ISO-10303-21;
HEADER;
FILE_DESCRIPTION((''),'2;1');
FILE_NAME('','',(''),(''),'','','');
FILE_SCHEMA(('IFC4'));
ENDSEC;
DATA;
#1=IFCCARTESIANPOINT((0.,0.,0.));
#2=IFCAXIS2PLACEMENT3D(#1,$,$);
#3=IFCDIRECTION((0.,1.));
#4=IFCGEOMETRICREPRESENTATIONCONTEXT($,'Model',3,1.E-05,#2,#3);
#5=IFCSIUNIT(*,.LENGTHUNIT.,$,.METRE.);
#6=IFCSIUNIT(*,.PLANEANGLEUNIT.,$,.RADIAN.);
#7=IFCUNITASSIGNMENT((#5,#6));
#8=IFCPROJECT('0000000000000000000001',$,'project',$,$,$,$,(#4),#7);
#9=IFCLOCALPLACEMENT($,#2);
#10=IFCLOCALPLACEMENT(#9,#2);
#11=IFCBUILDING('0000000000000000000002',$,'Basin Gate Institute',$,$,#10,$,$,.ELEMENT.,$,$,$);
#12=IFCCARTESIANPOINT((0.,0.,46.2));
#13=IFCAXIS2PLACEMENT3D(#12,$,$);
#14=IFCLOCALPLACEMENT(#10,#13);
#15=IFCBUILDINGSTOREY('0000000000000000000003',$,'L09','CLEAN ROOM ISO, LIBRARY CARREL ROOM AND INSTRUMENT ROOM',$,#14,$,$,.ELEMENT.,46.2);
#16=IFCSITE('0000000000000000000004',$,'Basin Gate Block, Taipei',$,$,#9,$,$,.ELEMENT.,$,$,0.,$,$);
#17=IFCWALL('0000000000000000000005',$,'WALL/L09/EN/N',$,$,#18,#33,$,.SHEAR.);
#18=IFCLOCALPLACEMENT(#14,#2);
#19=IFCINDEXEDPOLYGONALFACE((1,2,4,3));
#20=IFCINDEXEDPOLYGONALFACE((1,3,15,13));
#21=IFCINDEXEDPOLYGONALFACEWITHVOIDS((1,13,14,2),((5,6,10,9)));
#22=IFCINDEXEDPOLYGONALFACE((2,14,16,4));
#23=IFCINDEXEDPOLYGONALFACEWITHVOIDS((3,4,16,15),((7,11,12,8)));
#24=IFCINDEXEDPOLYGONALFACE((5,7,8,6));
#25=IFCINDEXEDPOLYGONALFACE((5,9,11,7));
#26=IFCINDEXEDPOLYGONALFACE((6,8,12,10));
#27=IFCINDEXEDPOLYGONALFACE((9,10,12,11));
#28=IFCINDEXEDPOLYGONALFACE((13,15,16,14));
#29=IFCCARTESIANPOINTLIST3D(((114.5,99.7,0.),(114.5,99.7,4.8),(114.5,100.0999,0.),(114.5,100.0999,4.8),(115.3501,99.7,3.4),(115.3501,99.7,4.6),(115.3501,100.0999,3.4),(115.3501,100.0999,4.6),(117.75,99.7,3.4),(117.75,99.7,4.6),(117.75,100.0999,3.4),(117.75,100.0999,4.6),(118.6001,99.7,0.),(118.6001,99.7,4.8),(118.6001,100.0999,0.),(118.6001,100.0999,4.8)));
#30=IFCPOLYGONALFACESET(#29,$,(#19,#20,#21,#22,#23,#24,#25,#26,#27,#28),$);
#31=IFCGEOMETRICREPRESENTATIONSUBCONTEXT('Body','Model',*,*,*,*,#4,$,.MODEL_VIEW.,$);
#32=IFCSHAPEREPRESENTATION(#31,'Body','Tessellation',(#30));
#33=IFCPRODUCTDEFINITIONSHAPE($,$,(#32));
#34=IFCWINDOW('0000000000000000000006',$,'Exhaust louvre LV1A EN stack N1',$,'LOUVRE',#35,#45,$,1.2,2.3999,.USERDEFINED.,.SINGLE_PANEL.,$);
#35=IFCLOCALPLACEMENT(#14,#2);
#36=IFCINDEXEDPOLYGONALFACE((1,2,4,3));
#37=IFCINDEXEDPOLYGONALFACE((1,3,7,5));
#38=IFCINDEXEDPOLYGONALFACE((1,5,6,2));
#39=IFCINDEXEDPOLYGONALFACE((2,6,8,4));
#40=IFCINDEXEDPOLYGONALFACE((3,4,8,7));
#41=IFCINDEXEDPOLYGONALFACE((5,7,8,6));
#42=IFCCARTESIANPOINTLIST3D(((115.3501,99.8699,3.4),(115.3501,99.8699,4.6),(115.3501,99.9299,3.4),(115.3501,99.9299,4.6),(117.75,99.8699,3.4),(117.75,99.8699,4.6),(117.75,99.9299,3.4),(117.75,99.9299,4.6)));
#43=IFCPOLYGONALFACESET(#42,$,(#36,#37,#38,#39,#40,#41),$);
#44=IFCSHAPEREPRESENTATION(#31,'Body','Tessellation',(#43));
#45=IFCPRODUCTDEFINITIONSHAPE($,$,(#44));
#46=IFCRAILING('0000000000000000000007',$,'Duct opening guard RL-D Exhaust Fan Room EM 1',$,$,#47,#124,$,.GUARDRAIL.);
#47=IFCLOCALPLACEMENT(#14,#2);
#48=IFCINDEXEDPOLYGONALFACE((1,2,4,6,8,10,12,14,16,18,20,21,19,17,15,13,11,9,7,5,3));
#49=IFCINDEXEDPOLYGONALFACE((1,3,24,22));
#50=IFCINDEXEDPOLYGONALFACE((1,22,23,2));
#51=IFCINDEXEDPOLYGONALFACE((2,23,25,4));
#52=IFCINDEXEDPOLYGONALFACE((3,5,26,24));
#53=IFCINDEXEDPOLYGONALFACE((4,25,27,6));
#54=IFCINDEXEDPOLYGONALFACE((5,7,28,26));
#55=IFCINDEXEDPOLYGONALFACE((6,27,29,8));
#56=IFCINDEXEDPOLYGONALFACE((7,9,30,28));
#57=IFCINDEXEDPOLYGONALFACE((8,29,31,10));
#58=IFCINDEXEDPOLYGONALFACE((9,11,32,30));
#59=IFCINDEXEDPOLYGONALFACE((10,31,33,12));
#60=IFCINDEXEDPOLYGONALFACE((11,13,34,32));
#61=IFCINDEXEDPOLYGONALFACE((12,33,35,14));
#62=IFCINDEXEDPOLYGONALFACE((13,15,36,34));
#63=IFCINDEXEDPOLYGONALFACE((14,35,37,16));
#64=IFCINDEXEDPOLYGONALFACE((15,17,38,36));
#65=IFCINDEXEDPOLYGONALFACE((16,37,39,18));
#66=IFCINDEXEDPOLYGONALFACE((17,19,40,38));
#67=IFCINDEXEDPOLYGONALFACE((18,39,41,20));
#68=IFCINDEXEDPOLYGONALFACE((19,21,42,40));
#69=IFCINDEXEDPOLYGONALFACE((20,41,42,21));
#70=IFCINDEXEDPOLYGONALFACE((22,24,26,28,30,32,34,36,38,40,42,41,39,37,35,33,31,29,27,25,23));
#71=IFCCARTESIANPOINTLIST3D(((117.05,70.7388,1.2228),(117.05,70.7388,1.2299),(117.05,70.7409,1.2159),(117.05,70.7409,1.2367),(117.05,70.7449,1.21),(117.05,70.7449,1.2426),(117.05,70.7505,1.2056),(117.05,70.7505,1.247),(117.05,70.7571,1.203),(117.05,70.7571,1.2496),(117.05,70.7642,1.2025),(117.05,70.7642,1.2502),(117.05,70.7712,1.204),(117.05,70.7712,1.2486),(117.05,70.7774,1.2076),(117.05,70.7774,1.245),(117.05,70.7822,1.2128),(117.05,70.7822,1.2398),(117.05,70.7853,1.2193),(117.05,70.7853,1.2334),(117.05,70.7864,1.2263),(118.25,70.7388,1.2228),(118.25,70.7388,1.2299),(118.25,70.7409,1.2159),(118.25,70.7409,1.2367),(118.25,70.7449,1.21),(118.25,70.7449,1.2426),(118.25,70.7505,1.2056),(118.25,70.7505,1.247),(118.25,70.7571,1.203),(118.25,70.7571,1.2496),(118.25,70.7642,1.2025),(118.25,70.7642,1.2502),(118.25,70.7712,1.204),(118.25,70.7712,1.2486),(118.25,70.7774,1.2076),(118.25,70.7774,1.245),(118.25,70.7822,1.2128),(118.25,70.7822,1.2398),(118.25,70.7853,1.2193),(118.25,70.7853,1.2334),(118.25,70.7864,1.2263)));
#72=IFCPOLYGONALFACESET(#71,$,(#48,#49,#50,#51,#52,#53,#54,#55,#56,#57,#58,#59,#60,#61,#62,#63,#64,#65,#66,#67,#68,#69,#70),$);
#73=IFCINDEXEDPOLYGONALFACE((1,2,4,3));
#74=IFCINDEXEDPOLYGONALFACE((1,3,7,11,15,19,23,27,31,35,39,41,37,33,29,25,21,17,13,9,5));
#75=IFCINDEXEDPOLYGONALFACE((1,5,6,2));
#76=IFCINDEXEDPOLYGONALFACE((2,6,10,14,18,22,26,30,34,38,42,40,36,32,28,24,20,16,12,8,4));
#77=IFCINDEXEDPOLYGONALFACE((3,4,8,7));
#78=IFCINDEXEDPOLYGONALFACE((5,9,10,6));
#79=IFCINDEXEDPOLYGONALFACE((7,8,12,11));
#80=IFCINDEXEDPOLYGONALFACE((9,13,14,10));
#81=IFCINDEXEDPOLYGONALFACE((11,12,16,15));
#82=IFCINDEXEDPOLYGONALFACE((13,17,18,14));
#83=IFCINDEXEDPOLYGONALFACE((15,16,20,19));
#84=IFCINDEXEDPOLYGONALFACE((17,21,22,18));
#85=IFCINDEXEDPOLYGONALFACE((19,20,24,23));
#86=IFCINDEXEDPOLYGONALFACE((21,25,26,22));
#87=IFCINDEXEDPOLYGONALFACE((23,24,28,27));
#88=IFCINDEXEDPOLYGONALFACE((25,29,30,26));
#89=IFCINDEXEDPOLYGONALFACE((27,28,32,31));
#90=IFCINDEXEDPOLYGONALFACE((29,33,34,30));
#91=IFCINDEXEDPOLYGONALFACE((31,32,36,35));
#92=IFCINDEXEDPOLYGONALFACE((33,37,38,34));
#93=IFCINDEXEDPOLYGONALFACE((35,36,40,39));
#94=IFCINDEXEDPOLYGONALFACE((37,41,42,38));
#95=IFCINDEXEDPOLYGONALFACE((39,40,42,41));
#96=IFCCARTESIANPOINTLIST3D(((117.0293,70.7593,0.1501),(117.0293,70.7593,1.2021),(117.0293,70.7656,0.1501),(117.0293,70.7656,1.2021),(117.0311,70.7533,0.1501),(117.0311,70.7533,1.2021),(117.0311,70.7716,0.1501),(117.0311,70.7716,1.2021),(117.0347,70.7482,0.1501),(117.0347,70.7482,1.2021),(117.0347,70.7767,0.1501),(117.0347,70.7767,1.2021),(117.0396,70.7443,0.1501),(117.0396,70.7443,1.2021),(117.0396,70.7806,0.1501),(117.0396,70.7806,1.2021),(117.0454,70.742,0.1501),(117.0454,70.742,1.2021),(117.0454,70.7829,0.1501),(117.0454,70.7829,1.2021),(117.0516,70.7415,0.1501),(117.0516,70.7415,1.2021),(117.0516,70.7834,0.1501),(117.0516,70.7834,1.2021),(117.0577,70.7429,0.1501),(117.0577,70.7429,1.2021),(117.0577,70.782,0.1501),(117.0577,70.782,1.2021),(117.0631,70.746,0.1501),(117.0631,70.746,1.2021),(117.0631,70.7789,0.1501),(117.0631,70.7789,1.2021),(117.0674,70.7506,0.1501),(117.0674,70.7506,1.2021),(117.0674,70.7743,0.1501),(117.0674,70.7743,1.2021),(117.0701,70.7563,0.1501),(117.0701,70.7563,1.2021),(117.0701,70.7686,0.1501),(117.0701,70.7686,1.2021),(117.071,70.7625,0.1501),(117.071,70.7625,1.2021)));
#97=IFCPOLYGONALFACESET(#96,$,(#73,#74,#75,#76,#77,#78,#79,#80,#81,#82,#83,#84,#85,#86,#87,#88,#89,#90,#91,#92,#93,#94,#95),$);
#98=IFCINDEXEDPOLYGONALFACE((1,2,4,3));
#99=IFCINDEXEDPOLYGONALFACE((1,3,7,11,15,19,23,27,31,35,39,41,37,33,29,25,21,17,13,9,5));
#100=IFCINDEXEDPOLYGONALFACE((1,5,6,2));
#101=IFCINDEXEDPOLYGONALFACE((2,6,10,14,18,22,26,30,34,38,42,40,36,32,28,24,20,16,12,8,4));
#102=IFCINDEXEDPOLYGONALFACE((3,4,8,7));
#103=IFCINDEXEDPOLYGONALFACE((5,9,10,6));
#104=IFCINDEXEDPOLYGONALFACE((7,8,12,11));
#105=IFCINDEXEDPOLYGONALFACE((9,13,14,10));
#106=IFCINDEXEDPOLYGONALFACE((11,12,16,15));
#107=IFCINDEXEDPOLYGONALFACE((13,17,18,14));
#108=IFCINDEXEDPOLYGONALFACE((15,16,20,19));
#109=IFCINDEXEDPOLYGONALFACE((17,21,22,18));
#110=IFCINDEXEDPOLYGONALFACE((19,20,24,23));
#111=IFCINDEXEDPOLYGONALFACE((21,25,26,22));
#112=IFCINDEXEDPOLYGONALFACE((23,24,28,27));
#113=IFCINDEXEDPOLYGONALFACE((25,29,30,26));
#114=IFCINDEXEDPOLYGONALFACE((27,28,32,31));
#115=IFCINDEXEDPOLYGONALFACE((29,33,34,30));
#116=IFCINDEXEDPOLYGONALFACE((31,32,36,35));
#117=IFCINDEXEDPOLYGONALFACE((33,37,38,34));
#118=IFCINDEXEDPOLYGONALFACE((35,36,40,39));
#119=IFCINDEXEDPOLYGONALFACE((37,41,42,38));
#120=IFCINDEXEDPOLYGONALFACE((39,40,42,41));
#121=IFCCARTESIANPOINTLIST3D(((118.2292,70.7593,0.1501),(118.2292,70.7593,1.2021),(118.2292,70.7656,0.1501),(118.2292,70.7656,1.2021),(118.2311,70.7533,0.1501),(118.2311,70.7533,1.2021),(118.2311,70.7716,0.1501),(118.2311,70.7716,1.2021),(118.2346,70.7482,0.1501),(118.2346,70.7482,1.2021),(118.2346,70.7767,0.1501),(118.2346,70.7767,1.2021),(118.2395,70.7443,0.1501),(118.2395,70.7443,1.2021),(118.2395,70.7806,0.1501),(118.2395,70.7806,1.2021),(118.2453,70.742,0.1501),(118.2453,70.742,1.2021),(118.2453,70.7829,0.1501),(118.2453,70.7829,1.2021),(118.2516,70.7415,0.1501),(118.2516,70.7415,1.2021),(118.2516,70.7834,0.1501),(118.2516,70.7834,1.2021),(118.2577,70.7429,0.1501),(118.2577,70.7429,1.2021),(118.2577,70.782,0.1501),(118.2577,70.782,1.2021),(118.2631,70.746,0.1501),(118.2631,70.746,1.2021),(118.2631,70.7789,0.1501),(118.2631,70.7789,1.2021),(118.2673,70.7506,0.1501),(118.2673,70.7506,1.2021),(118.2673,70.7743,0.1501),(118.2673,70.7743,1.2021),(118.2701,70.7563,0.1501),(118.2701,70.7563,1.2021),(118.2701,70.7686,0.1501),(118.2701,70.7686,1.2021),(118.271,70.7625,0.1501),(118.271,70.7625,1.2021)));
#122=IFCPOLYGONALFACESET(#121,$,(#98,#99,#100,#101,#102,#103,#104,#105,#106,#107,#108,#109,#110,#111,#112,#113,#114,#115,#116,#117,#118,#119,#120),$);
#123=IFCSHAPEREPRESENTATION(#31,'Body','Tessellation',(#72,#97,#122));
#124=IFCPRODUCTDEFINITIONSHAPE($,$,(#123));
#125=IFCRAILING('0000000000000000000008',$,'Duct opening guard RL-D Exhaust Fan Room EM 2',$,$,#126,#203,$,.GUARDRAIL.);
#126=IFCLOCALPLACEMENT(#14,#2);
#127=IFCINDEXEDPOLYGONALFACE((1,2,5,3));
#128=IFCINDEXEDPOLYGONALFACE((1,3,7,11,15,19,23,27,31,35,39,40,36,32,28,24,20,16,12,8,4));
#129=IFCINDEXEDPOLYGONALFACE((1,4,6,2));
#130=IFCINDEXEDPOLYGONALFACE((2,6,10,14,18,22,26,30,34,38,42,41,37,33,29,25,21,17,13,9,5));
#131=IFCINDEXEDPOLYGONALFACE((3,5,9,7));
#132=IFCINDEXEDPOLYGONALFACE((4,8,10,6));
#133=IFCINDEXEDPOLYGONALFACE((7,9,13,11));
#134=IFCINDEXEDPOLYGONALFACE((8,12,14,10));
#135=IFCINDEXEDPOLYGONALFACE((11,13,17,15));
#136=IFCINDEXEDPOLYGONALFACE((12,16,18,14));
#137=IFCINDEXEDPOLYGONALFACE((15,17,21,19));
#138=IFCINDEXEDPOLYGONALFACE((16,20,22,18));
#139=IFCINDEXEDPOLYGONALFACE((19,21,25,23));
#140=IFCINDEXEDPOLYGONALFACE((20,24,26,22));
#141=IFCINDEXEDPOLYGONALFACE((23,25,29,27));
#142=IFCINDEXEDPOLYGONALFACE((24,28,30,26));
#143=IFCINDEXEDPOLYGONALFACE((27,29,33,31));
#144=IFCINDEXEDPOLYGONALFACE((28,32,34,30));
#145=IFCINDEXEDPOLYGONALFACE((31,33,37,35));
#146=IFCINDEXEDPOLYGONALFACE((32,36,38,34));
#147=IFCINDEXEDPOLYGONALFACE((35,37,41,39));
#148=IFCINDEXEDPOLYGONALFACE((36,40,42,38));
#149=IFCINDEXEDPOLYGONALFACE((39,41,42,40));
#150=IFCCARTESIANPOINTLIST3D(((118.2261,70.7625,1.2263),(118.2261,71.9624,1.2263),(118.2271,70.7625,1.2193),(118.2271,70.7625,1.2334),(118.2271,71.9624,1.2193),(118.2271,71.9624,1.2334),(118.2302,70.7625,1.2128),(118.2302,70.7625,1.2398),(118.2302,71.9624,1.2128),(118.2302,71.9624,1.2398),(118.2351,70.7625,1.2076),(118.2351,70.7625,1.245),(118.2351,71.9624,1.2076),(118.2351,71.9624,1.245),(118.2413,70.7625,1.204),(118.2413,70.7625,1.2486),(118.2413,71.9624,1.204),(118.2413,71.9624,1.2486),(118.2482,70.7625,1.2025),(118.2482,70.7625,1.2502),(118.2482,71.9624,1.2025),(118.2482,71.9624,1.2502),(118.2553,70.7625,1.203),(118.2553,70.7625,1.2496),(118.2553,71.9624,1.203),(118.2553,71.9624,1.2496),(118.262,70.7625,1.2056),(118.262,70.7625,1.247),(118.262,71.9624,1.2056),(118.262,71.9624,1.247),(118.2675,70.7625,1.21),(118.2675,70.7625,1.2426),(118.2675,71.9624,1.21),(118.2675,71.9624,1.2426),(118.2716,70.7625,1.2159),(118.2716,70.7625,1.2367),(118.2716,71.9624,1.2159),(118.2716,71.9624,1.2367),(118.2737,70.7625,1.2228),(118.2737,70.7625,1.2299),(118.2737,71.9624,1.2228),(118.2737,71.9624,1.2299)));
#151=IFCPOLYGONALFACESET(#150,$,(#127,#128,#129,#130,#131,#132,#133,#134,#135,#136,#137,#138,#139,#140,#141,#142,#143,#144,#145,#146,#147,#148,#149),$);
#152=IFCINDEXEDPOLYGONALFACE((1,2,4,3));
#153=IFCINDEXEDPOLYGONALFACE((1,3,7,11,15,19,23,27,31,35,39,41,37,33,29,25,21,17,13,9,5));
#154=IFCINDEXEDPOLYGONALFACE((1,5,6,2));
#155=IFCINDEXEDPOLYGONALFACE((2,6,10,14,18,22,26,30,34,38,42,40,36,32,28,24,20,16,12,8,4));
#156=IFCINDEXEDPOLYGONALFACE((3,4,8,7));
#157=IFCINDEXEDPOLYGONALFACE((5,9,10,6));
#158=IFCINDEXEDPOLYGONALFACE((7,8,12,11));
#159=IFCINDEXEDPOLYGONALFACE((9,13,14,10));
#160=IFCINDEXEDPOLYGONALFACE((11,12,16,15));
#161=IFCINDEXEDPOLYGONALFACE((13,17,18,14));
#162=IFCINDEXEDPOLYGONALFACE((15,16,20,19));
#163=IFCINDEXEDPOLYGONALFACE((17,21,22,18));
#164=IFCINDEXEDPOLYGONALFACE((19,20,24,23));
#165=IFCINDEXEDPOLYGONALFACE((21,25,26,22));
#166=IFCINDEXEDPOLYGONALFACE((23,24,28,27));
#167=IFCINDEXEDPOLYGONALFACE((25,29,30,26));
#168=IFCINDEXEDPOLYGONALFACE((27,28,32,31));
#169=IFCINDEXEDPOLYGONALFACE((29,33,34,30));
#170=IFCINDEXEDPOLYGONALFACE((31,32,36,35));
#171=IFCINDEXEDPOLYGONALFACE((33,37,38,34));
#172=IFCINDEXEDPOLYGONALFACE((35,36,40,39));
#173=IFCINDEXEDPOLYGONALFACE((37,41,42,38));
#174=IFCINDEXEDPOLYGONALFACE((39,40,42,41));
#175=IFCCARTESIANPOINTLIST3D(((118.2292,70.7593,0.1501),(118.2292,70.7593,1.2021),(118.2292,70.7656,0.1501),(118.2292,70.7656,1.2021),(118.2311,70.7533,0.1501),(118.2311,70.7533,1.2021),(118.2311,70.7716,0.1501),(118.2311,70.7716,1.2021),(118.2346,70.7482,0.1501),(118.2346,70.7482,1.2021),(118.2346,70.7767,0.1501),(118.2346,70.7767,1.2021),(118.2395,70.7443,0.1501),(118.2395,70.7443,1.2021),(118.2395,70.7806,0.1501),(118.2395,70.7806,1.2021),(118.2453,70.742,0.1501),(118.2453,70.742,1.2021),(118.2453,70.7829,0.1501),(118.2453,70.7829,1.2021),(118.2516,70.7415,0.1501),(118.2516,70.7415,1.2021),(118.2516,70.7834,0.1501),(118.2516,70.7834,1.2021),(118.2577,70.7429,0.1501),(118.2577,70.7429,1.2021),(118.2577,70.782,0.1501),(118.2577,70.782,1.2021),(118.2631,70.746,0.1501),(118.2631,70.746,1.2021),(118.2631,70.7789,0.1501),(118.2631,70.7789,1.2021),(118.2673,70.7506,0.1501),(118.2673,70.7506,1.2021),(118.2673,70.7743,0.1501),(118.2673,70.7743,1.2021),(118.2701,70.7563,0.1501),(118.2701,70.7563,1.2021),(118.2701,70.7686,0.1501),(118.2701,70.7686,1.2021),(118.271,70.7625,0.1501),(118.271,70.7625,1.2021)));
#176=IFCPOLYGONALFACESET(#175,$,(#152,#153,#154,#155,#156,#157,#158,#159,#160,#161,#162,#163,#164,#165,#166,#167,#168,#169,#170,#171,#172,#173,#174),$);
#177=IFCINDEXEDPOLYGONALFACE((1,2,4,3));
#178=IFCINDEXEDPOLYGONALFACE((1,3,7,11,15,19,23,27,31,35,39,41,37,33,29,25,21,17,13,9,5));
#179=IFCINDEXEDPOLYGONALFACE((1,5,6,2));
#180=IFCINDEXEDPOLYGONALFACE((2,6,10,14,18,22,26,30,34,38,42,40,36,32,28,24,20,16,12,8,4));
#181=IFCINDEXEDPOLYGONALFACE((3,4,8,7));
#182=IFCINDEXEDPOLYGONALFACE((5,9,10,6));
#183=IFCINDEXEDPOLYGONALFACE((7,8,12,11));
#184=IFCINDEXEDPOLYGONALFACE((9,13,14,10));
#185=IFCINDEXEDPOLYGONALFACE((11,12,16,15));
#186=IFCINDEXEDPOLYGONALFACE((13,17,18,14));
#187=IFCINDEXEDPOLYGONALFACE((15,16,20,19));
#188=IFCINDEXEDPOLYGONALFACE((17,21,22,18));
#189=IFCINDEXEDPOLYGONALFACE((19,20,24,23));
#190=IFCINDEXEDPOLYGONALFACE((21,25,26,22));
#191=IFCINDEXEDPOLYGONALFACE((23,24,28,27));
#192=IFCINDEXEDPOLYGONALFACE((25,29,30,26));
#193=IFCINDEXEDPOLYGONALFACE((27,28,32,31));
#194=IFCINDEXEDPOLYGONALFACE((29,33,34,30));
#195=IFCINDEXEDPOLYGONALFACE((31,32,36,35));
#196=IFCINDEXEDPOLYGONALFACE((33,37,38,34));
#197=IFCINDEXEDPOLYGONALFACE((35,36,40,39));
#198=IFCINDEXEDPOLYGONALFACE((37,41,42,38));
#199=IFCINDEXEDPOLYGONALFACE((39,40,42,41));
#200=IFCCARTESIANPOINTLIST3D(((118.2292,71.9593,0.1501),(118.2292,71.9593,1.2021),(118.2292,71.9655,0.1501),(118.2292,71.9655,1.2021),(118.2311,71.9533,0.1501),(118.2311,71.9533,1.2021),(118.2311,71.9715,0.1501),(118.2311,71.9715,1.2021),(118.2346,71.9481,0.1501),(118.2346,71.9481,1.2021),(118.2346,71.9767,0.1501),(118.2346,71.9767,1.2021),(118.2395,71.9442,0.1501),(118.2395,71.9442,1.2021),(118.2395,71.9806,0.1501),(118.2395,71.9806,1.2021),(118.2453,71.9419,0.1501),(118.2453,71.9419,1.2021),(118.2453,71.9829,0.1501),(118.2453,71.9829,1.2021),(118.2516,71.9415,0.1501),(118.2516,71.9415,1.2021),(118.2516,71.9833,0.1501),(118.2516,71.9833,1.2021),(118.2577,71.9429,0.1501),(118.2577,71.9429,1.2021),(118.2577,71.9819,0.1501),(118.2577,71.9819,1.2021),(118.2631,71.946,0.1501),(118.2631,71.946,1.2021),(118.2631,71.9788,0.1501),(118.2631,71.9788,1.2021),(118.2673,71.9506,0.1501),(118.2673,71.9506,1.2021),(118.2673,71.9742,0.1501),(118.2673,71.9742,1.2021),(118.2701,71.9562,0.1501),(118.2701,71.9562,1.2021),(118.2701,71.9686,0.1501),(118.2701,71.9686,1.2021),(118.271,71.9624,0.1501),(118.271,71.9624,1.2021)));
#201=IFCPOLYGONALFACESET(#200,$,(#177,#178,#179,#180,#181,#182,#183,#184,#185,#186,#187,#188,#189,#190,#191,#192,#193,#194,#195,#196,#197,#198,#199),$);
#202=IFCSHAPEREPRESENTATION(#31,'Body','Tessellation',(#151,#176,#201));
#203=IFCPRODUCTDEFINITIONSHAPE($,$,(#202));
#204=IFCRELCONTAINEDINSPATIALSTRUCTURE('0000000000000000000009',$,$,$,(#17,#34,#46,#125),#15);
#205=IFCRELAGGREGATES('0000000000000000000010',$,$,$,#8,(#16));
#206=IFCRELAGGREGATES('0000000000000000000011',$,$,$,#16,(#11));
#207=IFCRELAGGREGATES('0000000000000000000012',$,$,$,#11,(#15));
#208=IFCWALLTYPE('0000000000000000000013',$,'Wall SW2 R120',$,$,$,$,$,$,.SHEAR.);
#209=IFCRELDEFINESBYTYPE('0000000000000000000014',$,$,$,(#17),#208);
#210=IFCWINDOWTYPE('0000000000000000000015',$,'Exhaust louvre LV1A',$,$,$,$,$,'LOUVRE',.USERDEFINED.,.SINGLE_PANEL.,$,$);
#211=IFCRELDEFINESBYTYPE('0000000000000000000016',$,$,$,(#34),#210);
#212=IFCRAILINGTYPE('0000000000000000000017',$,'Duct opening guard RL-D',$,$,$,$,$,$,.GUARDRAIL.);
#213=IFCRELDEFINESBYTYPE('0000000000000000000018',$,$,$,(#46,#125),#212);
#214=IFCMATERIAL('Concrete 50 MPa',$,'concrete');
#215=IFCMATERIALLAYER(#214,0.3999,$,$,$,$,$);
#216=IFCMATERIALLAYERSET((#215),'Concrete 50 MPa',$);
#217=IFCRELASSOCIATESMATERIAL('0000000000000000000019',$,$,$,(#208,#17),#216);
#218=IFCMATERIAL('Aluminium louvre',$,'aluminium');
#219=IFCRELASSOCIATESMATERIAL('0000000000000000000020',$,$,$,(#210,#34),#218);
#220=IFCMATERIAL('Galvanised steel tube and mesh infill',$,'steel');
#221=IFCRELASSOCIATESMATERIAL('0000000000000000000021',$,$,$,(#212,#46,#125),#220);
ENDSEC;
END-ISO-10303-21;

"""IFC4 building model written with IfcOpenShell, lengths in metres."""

from ifc_helpers import new_model, si_unit, direction, frame, frame_2d, origin, origin_2d, place, context, subcontext, project, spatial, rectangle, circle, extrude, material, layer, layer_set, type_object, element, fill, save


model = new_model("IFC4")

# Units and contexts
model_context = context("Model", 3, precision=1e-05, world=origin(), true_north=direction((0.0, 1.0)))
body_context = subcontext(model_context, "Body", "Model", "MODEL_VIEW")
ifc_project = project(units=[si_unit("LENGTHUNIT", "METRE"), si_unit("PLANEANGLEUNIT", "RADIAN")], contexts=[model_context])

# Site, building, storey
site_placement = place(None, origin())
site = spatial("IfcSite", under=ifc_project, at=site_placement, Name="Basin Gate Block, Taipei", CompositionType="ELEMENT", RefElevation=0.0)
building_placement = place(site_placement, origin())
building = spatial("IfcBuilding", under=site, at=building_placement, Name="Basin Gate Institute", CompositionType="ELEMENT")
storey_placement = place(building_placement, frame((0.0, 0.0, 46.2)))
storey = spatial("IfcBuildingStorey", under=building, at=storey_placement, Name="L09", Description="CLEAN ROOM ISO, LIBRARY CARREL ROOM AND INSTRUMENT ROOM", CompositionType="ELEMENT", Elevation=46.2)

# Shared definitions
ifc_material_1 = material(Name="Concrete 50 MPa", Category="concrete")
ifc_layer_1 = layer(ifc_material_1, 0.3999)
ifc_layer_set_1 = layer_set([ifc_layer_1], Name="Concrete 50 MPa")
wall_type_1 = type_object("IfcWallType", Name="Wall SW2 R120", PredefinedType="SHEAR", material=ifc_layer_set_1)

# Shared definitions
ifc_material_2 = material(Name="Aluminium louvre", Category="aluminium")
window_type_1 = type_object("IfcWindowType", Name="Exhaust louvre LV1A", ElementType="LOUVRE", PartitioningType="SINGLE_PANEL", PredefinedType="USERDEFINED", material=ifc_material_2)

# Wall, opening, window
wall_1_placement = place(storey_placement, frame((118.6001, 99.8999, 0.0), z_axis=(0.0, 0.0, 1.0), x_axis=(-1.0, 0.0, 0.0)))
wall_1 = element("IfcWall", 1, at=wall_1_placement, inside=storey, type_object=wall_type_1, material=ifc_layer_set_1, Name="WALL/L09/EN/N", PredefinedType="SHEAR", context=body_context, shape_type="SweptSolid", body=[
    extrude(rectangle(XDim=4.1001, YDim=0.3999, at=frame_2d((2.05, 0.0))), origin(), (0.0, 0.0, 1.0), 4.8),
])
opening_1_placement = place(wall_1_placement, frame((0.8501, 0.0, 3.3999)))
opening_1 = element("IfcOpeningElement", 2, at=opening_1_placement, cuts=wall_1, PredefinedType="OPENING", context=body_context, shape_type="SweptSolid", body=[
    extrude(rectangle(XDim=2.3999, YDim=1.2, at=frame_2d((1.2, 0.6001))), frame((0.0, 0.21, 0.0), z_axis=(0.0, -1.0, 0.0), x_axis=(1.0, 0.0, 0.0)), (0.0, 0.0, 1.0), 0.4199),
])
window_1_placement = place(opening_1_placement, origin())
window_1 = element("IfcWindow", 3, at=window_1_placement, inside=storey, type_object=window_type_1, material=ifc_material_2, Name="Exhaust louvre LV1A EN stack N1", ObjectType="LOUVRE", OverallHeight=1.2, OverallWidth=2.3999, PartitioningType="SINGLE_PANEL", PredefinedType="USERDEFINED", context=body_context, shape_type="SweptSolid", body=[
    extrude(rectangle(XDim=2.3999, YDim=1.2, at=frame_2d((1.2, 0.6001))), frame((0.0, 0.03, 0.0), z_axis=(0.0, -1.0, 0.0), x_axis=(1.0, 0.0, 0.0)), (0.0, 0.0, 1.0), 0.0601),
])
fill(opening_1, window_1)

# Railings
ifc_material_3 = material(Name="Galvanised steel tube and mesh infill", Category="steel")
railing_type_1 = type_object("IfcRailingType", Name="Duct opening guard RL-D", PredefinedType="GUARDRAIL", material=ifc_material_3)
railing_1_placement = place(storey_placement, frame((117.05, 70.7625, 0.1501)))
element("IfcRailing", 4, at=railing_1_placement, inside=storey, type_object=railing_type_1, material=ifc_material_3, Name="Duct opening guard RL-D Exhaust Fan Room EM 1", PredefinedType="GUARDRAIL", context=body_context, shape_type="SweptSolid", body=[
    extrude(circle(Radius=0.0239, at=origin_2d()), frame((0.0, 0.0, 1.0762), z_axis=(1.0, 0.0, 0.0), x_axis=(0.0, 1.0, 0.0)), (0.0, 0.0, 1.0), 1.2),
    extrude(circle(Radius=0.021, at=origin_2d()), origin(), (0.0, 0.0, 1.0), 1.052),
    extrude(circle(Radius=0.021, at=origin_2d()), frame((1.2, 0.0, 0.0)), (0.0, 0.0, 1.0), 1.052),
])
railing_2_placement = place(storey_placement, frame((118.25, 70.7625, 0.1501)))
element("IfcRailing", 5, at=railing_2_placement, inside=storey, type_object=railing_type_1, material=ifc_material_3, Name="Duct opening guard RL-D Exhaust Fan Room EM 2", PredefinedType="GUARDRAIL", context=body_context, shape_type="SweptSolid", body=[
    extrude(circle(Radius=0.0239, at=origin_2d()), frame((0.0, 0.0, 1.0762), z_axis=(0.0, 1.0, 0.0), x_axis=(-1.0, 0.0, 0.0)), (0.0, 0.0, 1.0), 1.2),
    extrude(circle(Radius=0.021, at=origin_2d()), origin(), (0.0, 0.0, 1.0), 1.052),
    extrude(circle(Radius=0.021, at=origin_2d()), frame((0.0, 1.2, 0.0)), (0.0, 0.0, 1.0), 1.052),
])

save(model, "model.ifc")
